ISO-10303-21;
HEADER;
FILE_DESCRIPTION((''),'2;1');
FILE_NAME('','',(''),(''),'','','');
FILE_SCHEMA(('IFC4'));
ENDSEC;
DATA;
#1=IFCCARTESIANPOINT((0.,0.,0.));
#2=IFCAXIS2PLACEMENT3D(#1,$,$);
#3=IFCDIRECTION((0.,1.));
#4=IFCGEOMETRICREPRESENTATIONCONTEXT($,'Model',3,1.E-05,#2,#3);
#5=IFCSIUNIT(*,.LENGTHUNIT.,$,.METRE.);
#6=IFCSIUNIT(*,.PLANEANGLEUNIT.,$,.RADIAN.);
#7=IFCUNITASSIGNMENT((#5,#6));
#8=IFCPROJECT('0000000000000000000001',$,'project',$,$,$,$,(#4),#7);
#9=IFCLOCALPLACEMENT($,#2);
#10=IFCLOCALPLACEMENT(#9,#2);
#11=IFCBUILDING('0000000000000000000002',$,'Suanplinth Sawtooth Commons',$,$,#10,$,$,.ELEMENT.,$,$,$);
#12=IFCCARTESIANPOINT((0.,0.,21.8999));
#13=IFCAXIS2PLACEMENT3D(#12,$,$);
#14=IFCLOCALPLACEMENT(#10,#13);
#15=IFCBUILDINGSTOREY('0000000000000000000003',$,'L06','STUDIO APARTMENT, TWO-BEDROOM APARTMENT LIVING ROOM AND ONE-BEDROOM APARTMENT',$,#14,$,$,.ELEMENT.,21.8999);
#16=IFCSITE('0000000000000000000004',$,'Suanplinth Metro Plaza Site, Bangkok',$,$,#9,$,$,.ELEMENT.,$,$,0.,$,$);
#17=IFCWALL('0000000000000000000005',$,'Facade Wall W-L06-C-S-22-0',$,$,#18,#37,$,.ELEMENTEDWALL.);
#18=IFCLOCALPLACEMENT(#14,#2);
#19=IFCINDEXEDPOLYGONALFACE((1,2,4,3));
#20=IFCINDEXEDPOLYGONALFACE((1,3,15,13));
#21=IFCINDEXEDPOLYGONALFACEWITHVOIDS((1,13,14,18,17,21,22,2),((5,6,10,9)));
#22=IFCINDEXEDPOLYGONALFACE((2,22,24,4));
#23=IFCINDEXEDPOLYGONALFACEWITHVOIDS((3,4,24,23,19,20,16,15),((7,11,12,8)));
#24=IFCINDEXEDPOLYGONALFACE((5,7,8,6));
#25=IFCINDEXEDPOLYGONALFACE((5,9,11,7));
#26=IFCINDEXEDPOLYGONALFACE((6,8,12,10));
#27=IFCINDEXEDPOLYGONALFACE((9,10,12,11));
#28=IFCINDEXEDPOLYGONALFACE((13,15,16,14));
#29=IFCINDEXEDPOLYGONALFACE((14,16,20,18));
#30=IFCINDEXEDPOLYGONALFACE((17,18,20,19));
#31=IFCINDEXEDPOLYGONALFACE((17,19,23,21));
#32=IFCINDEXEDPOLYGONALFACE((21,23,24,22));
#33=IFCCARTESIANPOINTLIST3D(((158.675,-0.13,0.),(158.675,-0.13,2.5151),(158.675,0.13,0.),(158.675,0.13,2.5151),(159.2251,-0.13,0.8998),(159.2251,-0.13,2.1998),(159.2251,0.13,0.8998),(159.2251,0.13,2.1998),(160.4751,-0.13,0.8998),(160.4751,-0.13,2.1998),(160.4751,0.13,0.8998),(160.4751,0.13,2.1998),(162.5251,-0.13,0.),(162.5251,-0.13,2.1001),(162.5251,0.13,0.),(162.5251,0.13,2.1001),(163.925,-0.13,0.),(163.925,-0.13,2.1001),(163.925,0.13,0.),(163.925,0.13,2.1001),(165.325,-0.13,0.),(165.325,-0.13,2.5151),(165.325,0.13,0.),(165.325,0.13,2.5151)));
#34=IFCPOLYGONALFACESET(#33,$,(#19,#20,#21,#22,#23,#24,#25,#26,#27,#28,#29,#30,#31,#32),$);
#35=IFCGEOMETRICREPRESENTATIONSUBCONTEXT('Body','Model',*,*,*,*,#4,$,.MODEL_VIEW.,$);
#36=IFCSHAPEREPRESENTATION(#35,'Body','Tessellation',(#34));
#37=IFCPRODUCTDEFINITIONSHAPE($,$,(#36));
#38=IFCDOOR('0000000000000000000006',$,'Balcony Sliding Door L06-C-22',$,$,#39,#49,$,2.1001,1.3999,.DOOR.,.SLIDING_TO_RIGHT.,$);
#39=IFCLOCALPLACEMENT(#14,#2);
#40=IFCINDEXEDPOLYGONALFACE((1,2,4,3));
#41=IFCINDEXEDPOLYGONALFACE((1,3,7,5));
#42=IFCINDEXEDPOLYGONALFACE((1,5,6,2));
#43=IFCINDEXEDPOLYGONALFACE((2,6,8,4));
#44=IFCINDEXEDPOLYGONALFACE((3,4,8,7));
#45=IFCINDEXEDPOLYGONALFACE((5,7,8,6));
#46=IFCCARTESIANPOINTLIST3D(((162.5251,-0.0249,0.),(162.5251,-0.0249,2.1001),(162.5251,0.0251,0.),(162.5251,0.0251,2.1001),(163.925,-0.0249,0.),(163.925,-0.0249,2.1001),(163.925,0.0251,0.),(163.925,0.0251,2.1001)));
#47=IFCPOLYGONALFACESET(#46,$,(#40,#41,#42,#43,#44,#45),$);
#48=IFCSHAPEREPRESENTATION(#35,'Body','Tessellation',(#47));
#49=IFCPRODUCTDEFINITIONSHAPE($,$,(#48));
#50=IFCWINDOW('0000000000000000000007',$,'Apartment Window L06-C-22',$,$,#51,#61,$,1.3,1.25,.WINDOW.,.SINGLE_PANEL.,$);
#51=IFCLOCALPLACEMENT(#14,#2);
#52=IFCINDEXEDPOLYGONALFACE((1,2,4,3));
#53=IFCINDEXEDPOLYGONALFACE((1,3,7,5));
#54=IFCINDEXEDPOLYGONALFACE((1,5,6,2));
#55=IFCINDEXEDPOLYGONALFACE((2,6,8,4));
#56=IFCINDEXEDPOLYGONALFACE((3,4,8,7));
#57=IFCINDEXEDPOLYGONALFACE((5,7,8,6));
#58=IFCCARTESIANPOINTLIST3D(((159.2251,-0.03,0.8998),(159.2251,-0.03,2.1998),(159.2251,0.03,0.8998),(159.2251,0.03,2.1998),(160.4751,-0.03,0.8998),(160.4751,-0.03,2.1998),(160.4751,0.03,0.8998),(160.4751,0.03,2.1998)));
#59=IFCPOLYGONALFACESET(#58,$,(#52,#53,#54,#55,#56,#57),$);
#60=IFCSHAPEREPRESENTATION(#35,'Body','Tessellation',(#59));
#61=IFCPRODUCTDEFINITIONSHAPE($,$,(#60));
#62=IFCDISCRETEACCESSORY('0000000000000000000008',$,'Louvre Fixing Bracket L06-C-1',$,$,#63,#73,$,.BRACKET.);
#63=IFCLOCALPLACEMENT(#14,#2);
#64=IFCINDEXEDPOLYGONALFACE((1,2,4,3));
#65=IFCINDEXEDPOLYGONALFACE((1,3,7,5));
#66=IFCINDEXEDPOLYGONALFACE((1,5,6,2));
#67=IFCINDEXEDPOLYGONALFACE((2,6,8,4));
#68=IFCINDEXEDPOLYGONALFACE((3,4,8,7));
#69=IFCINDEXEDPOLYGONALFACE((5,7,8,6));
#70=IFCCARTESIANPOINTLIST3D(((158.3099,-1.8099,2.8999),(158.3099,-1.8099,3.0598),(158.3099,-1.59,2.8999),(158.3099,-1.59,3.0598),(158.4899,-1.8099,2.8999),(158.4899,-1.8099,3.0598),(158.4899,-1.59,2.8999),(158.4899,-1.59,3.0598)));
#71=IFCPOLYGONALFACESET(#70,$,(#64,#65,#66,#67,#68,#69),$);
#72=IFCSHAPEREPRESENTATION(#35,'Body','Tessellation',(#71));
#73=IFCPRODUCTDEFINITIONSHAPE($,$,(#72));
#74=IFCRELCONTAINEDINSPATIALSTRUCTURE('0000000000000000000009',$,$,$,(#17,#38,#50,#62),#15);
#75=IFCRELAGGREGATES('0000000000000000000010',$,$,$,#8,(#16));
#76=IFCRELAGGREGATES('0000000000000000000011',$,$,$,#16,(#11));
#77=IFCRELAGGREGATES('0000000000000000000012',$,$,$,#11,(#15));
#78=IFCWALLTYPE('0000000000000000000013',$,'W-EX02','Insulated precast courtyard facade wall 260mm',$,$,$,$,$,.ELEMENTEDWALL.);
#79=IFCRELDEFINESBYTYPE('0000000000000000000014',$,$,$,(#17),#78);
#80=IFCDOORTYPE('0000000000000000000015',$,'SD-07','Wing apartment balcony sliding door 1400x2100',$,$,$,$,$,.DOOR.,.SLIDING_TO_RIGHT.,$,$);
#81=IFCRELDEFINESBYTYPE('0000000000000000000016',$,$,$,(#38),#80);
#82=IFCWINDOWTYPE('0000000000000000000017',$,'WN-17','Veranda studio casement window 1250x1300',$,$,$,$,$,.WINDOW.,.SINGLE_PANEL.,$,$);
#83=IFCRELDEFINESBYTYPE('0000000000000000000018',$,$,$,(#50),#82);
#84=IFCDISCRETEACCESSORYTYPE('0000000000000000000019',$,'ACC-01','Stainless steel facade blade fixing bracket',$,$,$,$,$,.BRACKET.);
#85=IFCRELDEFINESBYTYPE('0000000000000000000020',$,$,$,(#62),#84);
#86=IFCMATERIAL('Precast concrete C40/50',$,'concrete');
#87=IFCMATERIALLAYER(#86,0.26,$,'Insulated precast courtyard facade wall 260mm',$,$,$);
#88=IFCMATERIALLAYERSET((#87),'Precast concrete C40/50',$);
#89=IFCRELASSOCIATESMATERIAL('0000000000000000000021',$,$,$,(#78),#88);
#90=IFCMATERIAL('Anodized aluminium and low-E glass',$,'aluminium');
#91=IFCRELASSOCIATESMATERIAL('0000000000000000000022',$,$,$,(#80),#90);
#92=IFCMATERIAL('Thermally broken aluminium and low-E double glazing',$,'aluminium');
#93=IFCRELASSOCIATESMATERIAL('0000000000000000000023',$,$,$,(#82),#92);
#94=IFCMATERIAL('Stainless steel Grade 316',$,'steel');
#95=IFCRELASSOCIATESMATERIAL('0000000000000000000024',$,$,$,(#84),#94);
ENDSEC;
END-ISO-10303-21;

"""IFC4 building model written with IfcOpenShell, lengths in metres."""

from ifc_helpers import new_model, si_unit, direction, frame, frame_2d, origin, origin_2d, place, context, subcontext, project, spatial, rectangle, extrude, material, layer, layer_set, type_object, element, fill, save


model = new_model("IFC4")

# Units and contexts
model_context = context("Model", 3, precision=1e-05, world=origin(), true_north=direction((0.0, 1.0)))
body_context = subcontext(model_context, "Body", "Model", "MODEL_VIEW")
ifc_project = project(units=[si_unit("LENGTHUNIT", "METRE"), si_unit("PLANEANGLEUNIT", "RADIAN")], contexts=[model_context])

# Site, building, storey
site_placement = place(None, origin())
site = spatial("IfcSite", under=ifc_project, at=site_placement, Name="Suanplinth Metro Plaza Site, Bangkok", CompositionType="ELEMENT", RefElevation=0.0)
building_placement = place(site_placement, origin())
building = spatial("IfcBuilding", under=site, at=building_placement, Name="Suanplinth Sawtooth Commons", CompositionType="ELEMENT")
storey_placement = place(building_placement, frame((0.0, 0.0, 21.8999)))
storey = spatial("IfcBuildingStorey", under=building, at=storey_placement, Name="L06", Description="STUDIO APARTMENT, TWO-BEDROOM APARTMENT LIVING ROOM AND ONE-BEDROOM APARTMENT", CompositionType="ELEMENT", Elevation=21.8999)

# Shared definitions
ifc_material_1 = material(Name="Precast concrete C40/50", Category="concrete")

# Wall, openings, door, window
ifc_layer_1 = layer(ifc_material_1, 0.26, Name="Insulated precast courtyard facade wall 260mm")
ifc_layer_set_1 = layer_set([ifc_layer_1], Name="Precast concrete C40/50")
wall_type = type_object("IfcWallType", Name="W-EX02", Description="Insulated precast courtyard facade wall 260mm", PredefinedType="ELEMENTEDWALL", material=ifc_layer_set_1)
wall_placement = place(storey_placement, frame((158.675, 0.0, 0.0), z_axis=(0.0, 0.0, 1.0), x_axis=(1.0, 0.0, 0.0)))
wall = element("IfcWall", 1, at=wall_placement, inside=storey, type_object=wall_type, Name="Facade Wall W-L06-C-S-22-0", PredefinedType="ELEMENTEDWALL", context=body_context, shape_type="SweptSolid", body=[
    extrude(rectangle(XDim=6.6499, YDim=0.26, at=frame_2d((3.325, 0.0))), origin(), (0.0, 0.0, 1.0), 2.5151),
])
opening_1_placement = place(wall_placement, frame((3.8501, 0.0, 0.0)))
opening_1 = element("IfcOpeningElement", 2, at=opening_1_placement, cuts=wall, PredefinedType="OPENING", context=body_context, shape_type="SweptSolid", body=[
    extrude(rectangle(XDim=1.3999, YDim=2.1001, at=frame_2d((0.7, 1.05))), frame((0.0, 0.145, 0.0), z_axis=(0.0, -1.0, 0.0), x_axis=(1.0, 0.0, 0.0)), (0.0, 0.0, 1.0), 0.2898),
])
opening_2_placement = place(wall_placement, frame((0.55, 0.0, 0.8999)))
opening_2 = element("IfcOpeningElement", 3, at=opening_2_placement, cuts=wall, PredefinedType="OPENING", context=body_context, shape_type="SweptSolid", body=[
    extrude(rectangle(XDim=1.25, YDim=1.3, at=frame_2d((0.625, 0.6499))), frame((0.0, 0.145, 0.0), z_axis=(0.0, -1.0, 0.0), x_axis=(1.0, 0.0, 0.0)), (0.0, 0.0, 1.0), 0.2898),
])
ifc_material_2 = material(Name="Anodized aluminium and low-E glass", Category="aluminium")
door_type = type_object("IfcDoorType", Name="SD-07", Description="Wing apartment balcony sliding door 1400x2100", OperationType="SLIDING_TO_RIGHT", PredefinedType="DOOR", material=ifc_material_2)
door_placement = place(opening_1_placement, frame((1.3999, 0.0, 0.0), z_axis=(0.0, 0.0, 1.0), x_axis=(-1.0, 0.0, 0.0)))
door = element("IfcDoor", 4, at=door_placement, inside=storey, type_object=door_type, Name="Balcony Sliding Door L06-C-22", OperationType="SLIDING_TO_RIGHT", OverallHeight=2.1001, OverallWidth=1.3999, PredefinedType="DOOR", context=body_context, shape_type="SweptSolid", body=[
    extrude(rectangle(XDim=1.3999, YDim=2.1001, at=frame_2d((0.7, 1.05))), frame((0.0, 0.0249, 0.0), z_axis=(0.0, -1.0, 0.0), x_axis=(1.0, 0.0, 0.0)), (0.0, 0.0, 1.0), 0.05),
])
fill(opening_1, door)
ifc_material_3 = material(Name="Thermally broken aluminium and low-E double glazing", Category="aluminium")
window_type = type_object("IfcWindowType", Name="WN-17", Description="Veranda studio casement window 1250x1300", PartitioningType="SINGLE_PANEL", PredefinedType="WINDOW", material=ifc_material_3)
window_placement = place(opening_2_placement, origin())
window = element("IfcWindow", 5, at=window_placement, inside=storey, type_object=window_type, Name="Apartment Window L06-C-22", OverallHeight=1.3, OverallWidth=1.25, PartitioningType="SINGLE_PANEL", PredefinedType="WINDOW", context=body_context, shape_type="SweptSolid", body=[
    extrude(rectangle(XDim=1.25, YDim=1.3, at=frame_2d((0.625, 0.6499))), frame((0.0, 0.03, 0.0), z_axis=(0.0, -1.0, 0.0), x_axis=(1.0, 0.0, 0.0)), (0.0, 0.0, 1.0), 0.0601),
])
fill(opening_2, window)

# Discrete accessory
ifc_material_4 = material(Name="Stainless steel Grade 316", Category="steel")
discrete_accessory_type = type_object("IfcDiscreteAccessoryType", Name="ACC-01", Description="Stainless steel facade blade fixing bracket", PredefinedType="BRACKET", material=ifc_material_4)
discrete_accessory_placement = place(storey_placement, frame((158.3999, -1.7, 2.8999), z_axis=(0.0, 0.0, 1.0), x_axis=(1.0, 0.0, 0.0)))
element("IfcDiscreteAccessory", 6, at=discrete_accessory_placement, inside=storey, type_object=discrete_accessory_type, Name="Louvre Fixing Bracket L06-C-1", PredefinedType="BRACKET", context=body_context, shape_type="SweptSolid", body=[
    extrude(rectangle(XDim=0.1799, YDim=0.22, at=origin_2d()), origin(), (0.0, 0.0, 1.0), 0.1599),
])

save(model, "model.ifc")
